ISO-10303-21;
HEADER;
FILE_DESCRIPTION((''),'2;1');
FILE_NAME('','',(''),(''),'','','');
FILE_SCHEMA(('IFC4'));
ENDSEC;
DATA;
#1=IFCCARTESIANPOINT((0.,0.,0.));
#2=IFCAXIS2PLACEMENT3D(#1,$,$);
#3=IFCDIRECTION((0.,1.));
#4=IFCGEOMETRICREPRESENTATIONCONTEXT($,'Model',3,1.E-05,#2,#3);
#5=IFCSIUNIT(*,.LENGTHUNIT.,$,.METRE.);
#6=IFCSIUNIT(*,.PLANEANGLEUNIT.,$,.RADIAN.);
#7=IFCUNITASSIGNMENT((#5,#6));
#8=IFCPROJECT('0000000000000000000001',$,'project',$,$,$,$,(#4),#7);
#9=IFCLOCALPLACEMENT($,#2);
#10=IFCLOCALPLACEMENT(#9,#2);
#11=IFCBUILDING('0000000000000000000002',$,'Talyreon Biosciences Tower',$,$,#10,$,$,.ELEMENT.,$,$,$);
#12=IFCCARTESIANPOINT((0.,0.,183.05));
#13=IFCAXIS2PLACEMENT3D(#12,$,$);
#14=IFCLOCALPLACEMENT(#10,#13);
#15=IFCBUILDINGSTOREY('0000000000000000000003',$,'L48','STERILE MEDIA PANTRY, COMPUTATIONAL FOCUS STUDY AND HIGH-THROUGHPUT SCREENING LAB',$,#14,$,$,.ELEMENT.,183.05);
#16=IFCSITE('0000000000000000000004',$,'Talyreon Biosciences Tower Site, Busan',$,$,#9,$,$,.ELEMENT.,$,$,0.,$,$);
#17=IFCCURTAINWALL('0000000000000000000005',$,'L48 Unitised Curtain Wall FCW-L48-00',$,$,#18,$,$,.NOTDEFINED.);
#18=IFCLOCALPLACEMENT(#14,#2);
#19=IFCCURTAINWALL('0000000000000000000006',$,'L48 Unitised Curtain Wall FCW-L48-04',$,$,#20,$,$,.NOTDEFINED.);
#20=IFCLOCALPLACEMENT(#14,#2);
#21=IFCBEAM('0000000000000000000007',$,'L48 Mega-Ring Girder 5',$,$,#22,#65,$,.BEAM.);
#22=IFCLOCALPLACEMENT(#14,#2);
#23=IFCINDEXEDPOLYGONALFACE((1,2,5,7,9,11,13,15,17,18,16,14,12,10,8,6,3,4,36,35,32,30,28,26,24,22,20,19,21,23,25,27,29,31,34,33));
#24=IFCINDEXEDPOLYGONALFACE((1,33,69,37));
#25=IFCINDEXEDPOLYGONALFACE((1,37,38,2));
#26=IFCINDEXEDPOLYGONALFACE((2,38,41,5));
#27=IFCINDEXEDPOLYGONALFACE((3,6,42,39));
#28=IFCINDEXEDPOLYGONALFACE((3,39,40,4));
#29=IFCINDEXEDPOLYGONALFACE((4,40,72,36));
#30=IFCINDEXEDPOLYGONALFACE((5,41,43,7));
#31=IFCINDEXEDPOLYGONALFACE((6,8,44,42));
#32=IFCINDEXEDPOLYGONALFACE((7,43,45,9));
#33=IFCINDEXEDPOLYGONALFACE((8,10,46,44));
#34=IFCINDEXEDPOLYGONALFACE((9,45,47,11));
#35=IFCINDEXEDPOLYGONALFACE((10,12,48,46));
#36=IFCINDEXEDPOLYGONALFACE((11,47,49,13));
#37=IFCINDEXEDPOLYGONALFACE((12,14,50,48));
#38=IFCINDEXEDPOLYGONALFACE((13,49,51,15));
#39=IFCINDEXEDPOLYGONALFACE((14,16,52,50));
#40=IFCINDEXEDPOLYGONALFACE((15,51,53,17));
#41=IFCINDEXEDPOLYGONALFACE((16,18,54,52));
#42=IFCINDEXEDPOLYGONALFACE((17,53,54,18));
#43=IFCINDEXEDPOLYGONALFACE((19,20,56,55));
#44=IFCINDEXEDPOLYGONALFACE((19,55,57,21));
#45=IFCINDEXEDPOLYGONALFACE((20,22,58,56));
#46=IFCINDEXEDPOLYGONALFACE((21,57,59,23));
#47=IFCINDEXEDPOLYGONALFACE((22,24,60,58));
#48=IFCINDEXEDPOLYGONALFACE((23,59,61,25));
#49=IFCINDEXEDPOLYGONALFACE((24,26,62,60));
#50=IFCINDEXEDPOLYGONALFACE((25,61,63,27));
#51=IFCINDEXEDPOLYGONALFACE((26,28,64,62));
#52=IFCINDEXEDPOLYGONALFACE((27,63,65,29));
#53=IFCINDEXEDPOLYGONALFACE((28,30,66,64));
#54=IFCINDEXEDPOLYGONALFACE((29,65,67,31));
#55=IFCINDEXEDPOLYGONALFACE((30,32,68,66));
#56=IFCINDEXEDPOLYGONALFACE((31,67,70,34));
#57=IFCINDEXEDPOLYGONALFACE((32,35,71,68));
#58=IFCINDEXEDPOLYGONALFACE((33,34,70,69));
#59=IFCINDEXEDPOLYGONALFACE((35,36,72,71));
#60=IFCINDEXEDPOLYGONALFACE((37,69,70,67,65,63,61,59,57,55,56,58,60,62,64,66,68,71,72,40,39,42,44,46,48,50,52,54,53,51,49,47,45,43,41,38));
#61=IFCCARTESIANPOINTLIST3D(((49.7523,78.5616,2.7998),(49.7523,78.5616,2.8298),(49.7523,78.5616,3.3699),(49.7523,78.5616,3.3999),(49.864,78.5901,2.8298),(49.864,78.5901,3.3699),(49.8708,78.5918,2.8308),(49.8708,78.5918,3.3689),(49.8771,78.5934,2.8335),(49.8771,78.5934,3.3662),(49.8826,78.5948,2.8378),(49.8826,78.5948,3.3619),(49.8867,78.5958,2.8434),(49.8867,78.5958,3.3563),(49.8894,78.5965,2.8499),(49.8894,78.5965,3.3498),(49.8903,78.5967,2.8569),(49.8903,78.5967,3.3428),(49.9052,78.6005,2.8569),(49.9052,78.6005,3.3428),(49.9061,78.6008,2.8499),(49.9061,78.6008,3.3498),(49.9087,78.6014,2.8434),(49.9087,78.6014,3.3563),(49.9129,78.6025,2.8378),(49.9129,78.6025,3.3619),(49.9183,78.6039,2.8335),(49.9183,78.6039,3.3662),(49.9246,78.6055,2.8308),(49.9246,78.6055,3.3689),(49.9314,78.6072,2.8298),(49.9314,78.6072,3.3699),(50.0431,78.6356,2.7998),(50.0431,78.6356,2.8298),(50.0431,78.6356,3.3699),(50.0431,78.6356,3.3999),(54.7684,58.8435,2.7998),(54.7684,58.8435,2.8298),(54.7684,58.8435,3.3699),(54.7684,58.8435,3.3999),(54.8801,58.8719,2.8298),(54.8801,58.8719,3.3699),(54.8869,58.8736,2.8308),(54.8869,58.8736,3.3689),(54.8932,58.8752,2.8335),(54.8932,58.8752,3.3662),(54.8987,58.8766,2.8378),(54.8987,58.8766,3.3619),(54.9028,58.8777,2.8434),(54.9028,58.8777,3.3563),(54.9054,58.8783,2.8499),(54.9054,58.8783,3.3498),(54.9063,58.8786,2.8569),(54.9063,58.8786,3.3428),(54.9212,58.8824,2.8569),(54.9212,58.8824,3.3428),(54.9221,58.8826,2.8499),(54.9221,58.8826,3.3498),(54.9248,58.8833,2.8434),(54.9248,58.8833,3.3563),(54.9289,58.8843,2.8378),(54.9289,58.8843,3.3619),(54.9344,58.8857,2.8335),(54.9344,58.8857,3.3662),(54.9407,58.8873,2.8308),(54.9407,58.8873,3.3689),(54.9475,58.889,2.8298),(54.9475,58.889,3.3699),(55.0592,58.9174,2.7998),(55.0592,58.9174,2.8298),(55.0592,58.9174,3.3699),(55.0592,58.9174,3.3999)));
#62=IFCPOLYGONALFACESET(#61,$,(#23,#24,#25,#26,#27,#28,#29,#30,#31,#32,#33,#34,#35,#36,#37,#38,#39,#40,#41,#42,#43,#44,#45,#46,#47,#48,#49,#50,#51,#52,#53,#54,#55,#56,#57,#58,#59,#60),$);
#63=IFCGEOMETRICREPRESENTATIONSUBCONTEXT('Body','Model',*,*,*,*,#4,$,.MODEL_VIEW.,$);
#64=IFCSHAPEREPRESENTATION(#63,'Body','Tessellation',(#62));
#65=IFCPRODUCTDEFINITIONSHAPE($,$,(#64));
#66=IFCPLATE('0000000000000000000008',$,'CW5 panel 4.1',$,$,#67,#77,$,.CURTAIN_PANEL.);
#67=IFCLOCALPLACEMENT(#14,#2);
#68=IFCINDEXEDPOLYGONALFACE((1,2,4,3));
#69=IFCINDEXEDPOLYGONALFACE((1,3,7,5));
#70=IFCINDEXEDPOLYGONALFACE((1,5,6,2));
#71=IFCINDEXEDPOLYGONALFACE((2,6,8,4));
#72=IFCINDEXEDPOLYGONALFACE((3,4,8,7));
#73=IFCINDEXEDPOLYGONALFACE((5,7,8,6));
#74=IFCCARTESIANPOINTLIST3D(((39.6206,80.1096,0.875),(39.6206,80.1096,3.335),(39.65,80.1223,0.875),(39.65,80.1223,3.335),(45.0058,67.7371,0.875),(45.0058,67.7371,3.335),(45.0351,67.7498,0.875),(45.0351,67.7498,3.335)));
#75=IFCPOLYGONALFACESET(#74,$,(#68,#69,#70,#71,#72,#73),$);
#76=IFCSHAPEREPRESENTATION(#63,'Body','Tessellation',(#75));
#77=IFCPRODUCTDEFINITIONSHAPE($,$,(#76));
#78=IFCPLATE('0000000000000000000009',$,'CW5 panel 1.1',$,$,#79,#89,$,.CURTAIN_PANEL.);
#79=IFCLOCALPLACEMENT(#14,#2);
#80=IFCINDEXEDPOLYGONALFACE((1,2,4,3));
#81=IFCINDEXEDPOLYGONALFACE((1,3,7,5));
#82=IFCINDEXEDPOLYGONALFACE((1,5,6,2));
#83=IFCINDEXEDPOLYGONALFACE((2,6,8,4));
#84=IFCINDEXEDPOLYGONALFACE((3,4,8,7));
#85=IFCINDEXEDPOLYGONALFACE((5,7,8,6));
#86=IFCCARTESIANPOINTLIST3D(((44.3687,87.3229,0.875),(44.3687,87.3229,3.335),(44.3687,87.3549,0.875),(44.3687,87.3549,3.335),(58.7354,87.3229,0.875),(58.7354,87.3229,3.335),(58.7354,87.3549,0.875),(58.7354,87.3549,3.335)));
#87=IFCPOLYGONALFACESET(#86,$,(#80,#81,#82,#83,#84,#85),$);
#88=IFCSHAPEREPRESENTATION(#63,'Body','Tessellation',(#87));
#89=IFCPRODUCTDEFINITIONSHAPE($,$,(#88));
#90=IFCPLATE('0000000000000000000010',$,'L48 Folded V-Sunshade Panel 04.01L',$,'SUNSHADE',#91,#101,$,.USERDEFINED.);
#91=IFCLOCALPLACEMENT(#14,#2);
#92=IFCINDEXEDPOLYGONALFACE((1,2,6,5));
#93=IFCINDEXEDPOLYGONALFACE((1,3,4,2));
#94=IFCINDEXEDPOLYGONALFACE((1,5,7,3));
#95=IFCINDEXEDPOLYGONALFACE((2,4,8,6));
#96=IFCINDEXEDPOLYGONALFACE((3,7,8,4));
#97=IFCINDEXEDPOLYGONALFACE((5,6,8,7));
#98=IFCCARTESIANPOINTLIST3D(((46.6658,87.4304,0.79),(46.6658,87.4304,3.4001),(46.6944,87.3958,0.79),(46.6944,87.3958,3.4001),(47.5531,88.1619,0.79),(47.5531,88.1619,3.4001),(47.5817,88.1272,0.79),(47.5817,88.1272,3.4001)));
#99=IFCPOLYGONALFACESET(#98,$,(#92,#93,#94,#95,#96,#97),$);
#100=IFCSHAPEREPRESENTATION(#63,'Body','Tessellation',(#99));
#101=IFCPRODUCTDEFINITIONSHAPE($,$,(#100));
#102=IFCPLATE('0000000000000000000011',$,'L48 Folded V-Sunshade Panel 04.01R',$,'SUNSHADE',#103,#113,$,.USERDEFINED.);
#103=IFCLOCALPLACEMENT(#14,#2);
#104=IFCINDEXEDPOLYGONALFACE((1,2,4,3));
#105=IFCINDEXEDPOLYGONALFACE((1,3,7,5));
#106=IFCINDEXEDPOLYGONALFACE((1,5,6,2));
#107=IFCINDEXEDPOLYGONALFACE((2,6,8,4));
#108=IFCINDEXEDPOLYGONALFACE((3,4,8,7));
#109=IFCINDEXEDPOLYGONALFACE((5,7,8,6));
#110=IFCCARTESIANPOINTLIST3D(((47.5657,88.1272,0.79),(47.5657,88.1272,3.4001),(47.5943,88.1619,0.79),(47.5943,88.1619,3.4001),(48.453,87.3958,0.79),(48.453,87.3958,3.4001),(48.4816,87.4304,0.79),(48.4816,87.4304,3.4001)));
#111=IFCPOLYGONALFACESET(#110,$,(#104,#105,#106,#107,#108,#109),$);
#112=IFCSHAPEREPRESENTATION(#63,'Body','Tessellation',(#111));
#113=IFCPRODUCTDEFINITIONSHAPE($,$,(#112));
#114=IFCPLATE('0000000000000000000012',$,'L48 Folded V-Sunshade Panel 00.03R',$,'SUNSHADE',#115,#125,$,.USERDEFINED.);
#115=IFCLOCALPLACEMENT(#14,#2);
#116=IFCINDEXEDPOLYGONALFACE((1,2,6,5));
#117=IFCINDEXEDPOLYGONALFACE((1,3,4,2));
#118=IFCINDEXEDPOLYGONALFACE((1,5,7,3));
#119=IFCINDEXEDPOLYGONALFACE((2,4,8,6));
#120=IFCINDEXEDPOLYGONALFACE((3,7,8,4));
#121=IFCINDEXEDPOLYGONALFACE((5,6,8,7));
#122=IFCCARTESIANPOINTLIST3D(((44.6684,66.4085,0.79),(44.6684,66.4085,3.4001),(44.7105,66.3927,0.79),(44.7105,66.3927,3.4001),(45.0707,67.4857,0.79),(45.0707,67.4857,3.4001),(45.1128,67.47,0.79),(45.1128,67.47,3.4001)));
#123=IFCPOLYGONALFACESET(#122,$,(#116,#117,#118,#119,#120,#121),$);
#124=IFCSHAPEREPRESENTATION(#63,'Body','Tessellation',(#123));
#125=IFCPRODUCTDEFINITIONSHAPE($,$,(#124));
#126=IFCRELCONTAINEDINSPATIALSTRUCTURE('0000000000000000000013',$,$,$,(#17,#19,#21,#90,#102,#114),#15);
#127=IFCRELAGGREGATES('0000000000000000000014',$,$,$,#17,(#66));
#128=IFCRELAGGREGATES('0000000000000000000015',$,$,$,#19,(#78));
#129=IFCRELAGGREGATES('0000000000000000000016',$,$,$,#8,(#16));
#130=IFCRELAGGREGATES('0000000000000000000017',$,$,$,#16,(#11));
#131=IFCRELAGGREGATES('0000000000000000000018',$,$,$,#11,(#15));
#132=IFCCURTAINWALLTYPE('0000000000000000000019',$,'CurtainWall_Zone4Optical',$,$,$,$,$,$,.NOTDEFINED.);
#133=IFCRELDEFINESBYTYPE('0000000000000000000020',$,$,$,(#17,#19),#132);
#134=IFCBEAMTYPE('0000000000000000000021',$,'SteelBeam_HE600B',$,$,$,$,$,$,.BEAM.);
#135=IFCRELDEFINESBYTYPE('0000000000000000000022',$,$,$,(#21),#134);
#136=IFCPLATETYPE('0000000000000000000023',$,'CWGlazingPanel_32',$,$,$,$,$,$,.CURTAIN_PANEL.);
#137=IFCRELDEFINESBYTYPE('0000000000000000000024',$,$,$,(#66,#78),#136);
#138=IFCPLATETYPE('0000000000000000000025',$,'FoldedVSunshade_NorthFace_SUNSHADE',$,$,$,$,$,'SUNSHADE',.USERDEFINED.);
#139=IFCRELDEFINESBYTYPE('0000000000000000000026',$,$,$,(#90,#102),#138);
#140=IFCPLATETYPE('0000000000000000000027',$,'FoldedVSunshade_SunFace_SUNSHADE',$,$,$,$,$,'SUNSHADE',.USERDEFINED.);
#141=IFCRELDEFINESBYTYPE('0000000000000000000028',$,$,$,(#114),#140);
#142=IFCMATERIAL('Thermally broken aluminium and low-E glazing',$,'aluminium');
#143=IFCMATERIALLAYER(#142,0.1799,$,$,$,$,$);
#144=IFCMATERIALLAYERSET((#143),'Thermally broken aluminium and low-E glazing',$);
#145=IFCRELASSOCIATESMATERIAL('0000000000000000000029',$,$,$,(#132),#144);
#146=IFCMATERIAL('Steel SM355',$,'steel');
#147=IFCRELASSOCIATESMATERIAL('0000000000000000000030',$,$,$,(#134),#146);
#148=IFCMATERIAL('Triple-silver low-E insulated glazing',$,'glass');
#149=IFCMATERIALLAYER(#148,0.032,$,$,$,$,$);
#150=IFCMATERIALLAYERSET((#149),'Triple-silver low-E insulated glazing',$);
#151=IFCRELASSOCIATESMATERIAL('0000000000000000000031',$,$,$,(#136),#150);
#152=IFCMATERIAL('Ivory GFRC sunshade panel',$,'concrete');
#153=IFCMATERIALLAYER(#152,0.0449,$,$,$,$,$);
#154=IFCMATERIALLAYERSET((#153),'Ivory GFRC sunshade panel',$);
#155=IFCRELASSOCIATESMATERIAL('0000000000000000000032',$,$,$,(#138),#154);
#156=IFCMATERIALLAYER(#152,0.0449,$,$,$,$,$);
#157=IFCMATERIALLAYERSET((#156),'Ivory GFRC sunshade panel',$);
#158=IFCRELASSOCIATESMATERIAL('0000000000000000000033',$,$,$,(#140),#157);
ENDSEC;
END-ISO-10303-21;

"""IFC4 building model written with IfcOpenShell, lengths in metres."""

from ifc_helpers import new_model, si_unit, direction, frame, origin, origin_2d, place, context, subcontext, project, spatial, rectangle, i_section, extrude, material, layer, layer_set, material_profile, profile_set, type_object, element, aggregate, save


model = new_model("IFC4")

# Units and contexts
model_context = context("Model", 3, precision=1e-05, world=origin(), true_north=direction((0.0, 1.0)))
body_context = subcontext(model_context, "Body", "Model", "MODEL_VIEW")
ifc_project = project(units=[si_unit("LENGTHUNIT", "METRE"), si_unit("PLANEANGLEUNIT", "RADIAN")], contexts=[model_context])

# Site, building, storey
site_placement = place(None, origin())
site = spatial("IfcSite", under=ifc_project, at=site_placement, Name="Talyreon Biosciences Tower Site, Busan", CompositionType="ELEMENT", RefElevation=0.0)
building_placement = place(site_placement, origin())
building = spatial("IfcBuilding", under=site, at=building_placement, Name="Talyreon Biosciences Tower", CompositionType="ELEMENT")
storey_placement = place(building_placement, frame((0.0, 0.0, 183.05)))
storey = spatial("IfcBuildingStorey", under=building, at=storey_placement, Name="L48", Description="STERILE MEDIA PANTRY, COMPUTATIONAL FOCUS STUDY AND HIGH-THROUGHPUT SCREENING LAB", CompositionType="ELEMENT", Elevation=183.05)

# Curtain wall
ifc_material_1 = material(Name="Thermally broken aluminium and low-E glazing", Category="aluminium")
ifc_layer_1 = layer(ifc_material_1, 0.1799)
ifc_layer_set_1 = layer_set([ifc_layer_1], Name="Thermally broken aluminium and low-E glazing")
curtain_wall_type = type_object("IfcCurtainWallType", Name="CurtainWall_Zone4Optical", PredefinedType="NOTDEFINED", material=ifc_layer_set_1)
curtain_wall_1_placement = place(storey_placement, origin())
curtain_wall_1 = element("IfcCurtainWall", 1, at=curtain_wall_1_placement, inside=storey, type_object=curtain_wall_type, Name="L48 Unitised Curtain Wall FCW-L48-00", PredefinedType="NOTDEFINED")

# Curtain wall
curtain_wall_2_placement = place(storey_placement, origin())
curtain_wall_2 = element("IfcCurtainWall", 2, at=curtain_wall_2_placement, inside=storey, type_object=curtain_wall_type, Name="L48 Unitised Curtain Wall FCW-L48-04", PredefinedType="NOTDEFINED")

# Beam
ifc_material_2 = material(Name="Steel SM355", Category="steel")
ifc_material_profile_1 = material_profile(ifc_material_2, i_section(OverallWidth=0.3, OverallDepth=0.6001, WebThickness=0.0154, FlangeThickness=0.03, FilletRadius=0.0271, at=origin_2d()), Name="HE600B")
ifc_profile_set_1 = profile_set([ifc_material_profile_1], Name="Steel SM355")
beam_type_1 = type_object("IfcBeamType", Name="SteelBeam_HE600B", PredefinedType="BEAM", material=ifc_profile_set_1)
beam_1_placement = place(storey_placement, frame((49.8977, 78.5986, 3.0999), z_axis=(0.246537, -0.969133, 0.0), x_axis=(0.969133, 0.246537, 0.0)))
element("IfcBeam", 3, at=beam_1_placement, inside=storey, type_object=beam_type_1, Name="L48 Mega-Ring Girder 5", PredefinedType="BEAM", context=body_context, shape_type="SweptSolid", body=[
    extrude(i_section(OverallWidth=0.3, OverallDepth=0.6001, WebThickness=0.0154, FlangeThickness=0.03, FilletRadius=0.0271, at=origin_2d()), origin(), (0.0, 0.0, 1.0), 20.3462),
])

# Plates
ifc_material_3 = material(Name="Triple-silver low-E insulated glazing", Category="glass")
ifc_layer_2 = layer(ifc_material_3, 0.032)
ifc_layer_set_2 = layer_set([ifc_layer_2], Name="Triple-silver low-E insulated glazing")
plate_type_1 = type_object("IfcPlateType", Name="CWGlazingPanel_32", PredefinedType="CURTAIN_PANEL", material=ifc_layer_set_2)
plate_1_placement = place(storey_placement, frame((42.3279, 73.9297, 0.875), z_axis=(0.0, 0.0, 1.0), x_axis=(-0.399089, 0.916912, 0.0)))
plate_1 = element("IfcPlate", 4, at=plate_1_placement, type_object=plate_type_1, Name="CW5 panel 4.1", PredefinedType="CURTAIN_PANEL", context=body_context, shape_type="SweptSolid", body=[
    extrude(rectangle(XDim=13.4937, YDim=0.032, at=origin_2d()), origin(), (0.0, 0.0, 1.0), 2.46),
])
aggregate(curtain_wall_1, [plate_1])
plate_2_placement = place(storey_placement, frame((51.552, 87.3389, 0.875), z_axis=(0.0, 0.0, 1.0), x_axis=(1.0, 0.0, 0.0)))
plate_2 = element("IfcPlate", 5, at=plate_2_placement, type_object=plate_type_1, Name="CW5 panel 1.1", PredefinedType="CURTAIN_PANEL", context=body_context, shape_type="SweptSolid", body=[
    extrude(rectangle(XDim=14.3667, YDim=0.032, at=origin_2d()), origin(), (0.0, 0.0, 1.0), 2.46),
])
aggregate(curtain_wall_2, [plate_2])

# Plates
ifc_material_4 = material(Name="Ivory GFRC sunshade panel", Category="concrete")
ifc_layer_3 = layer(ifc_material_4, 0.0449)
ifc_layer_set_3 = layer_set([ifc_layer_3], Name="Ivory GFRC sunshade panel")
plate_type_2 = type_object("IfcPlateType", Name="FoldedVSunshade_NorthFace_SUNSHADE", ElementType="SUNSHADE", PredefinedType="USERDEFINED", material=ifc_layer_set_3)
for number, where, z_axis, x_axis, name in (
    (6, (47.1238, 87.7788, 0.79), (0.0, 0.0, 1.0), (0.771625, 0.636078, 0.0), "L48 Folded V-Sunshade Panel 04.01L"),
    (7, (48.0237, 87.7788, 0.79), (0.0, 0.0, 1.0), (0.771625, -0.636078, 0.0), "L48 Folded V-Sunshade Panel 04.01R"),
):
    element("IfcPlate", number, at=place(storey_placement, frame(where, z_axis=z_axis, x_axis=x_axis)), inside=storey, type_object=plate_type_2, Name=name, ObjectType="SUNSHADE", PredefinedType="USERDEFINED", context=body_context, shape_type="SweptSolid", body=[
        extrude(rectangle(XDim=1.1499, YDim=0.0449, at=origin_2d()), origin(), (0.0, 0.0, 1.0), 2.6101),
    ])
ifc_layer_4 = layer(ifc_material_4, 0.0449)
ifc_layer_set_4 = layer_set([ifc_layer_4], Name="Ivory GFRC sunshade panel")
plate_type_3 = type_object("IfcPlateType", Name="FoldedVSunshade_SunFace_SUNSHADE", ElementType="SUNSHADE", PredefinedType="USERDEFINED", material=ifc_layer_set_4)
plate_3_placement = place(storey_placement, frame((44.8906, 66.9392, 0.79), z_axis=(0.0, 0.0, 1.0), x_axis=(0.349864, 0.9368, 0.0)))
element("IfcPlate", 8, at=plate_3_placement, inside=storey, type_object=plate_type_3, Name="L48 Folded V-Sunshade Panel 00.03R", ObjectType="SUNSHADE", PredefinedType="USERDEFINED", context=body_context, shape_type="SweptSolid", body=[
    extrude(rectangle(XDim=1.1499, YDim=0.0449, at=origin_2d()), origin(), (0.0, 0.0, 1.0), 2.6101),
])

save(model, "model.ifc")
